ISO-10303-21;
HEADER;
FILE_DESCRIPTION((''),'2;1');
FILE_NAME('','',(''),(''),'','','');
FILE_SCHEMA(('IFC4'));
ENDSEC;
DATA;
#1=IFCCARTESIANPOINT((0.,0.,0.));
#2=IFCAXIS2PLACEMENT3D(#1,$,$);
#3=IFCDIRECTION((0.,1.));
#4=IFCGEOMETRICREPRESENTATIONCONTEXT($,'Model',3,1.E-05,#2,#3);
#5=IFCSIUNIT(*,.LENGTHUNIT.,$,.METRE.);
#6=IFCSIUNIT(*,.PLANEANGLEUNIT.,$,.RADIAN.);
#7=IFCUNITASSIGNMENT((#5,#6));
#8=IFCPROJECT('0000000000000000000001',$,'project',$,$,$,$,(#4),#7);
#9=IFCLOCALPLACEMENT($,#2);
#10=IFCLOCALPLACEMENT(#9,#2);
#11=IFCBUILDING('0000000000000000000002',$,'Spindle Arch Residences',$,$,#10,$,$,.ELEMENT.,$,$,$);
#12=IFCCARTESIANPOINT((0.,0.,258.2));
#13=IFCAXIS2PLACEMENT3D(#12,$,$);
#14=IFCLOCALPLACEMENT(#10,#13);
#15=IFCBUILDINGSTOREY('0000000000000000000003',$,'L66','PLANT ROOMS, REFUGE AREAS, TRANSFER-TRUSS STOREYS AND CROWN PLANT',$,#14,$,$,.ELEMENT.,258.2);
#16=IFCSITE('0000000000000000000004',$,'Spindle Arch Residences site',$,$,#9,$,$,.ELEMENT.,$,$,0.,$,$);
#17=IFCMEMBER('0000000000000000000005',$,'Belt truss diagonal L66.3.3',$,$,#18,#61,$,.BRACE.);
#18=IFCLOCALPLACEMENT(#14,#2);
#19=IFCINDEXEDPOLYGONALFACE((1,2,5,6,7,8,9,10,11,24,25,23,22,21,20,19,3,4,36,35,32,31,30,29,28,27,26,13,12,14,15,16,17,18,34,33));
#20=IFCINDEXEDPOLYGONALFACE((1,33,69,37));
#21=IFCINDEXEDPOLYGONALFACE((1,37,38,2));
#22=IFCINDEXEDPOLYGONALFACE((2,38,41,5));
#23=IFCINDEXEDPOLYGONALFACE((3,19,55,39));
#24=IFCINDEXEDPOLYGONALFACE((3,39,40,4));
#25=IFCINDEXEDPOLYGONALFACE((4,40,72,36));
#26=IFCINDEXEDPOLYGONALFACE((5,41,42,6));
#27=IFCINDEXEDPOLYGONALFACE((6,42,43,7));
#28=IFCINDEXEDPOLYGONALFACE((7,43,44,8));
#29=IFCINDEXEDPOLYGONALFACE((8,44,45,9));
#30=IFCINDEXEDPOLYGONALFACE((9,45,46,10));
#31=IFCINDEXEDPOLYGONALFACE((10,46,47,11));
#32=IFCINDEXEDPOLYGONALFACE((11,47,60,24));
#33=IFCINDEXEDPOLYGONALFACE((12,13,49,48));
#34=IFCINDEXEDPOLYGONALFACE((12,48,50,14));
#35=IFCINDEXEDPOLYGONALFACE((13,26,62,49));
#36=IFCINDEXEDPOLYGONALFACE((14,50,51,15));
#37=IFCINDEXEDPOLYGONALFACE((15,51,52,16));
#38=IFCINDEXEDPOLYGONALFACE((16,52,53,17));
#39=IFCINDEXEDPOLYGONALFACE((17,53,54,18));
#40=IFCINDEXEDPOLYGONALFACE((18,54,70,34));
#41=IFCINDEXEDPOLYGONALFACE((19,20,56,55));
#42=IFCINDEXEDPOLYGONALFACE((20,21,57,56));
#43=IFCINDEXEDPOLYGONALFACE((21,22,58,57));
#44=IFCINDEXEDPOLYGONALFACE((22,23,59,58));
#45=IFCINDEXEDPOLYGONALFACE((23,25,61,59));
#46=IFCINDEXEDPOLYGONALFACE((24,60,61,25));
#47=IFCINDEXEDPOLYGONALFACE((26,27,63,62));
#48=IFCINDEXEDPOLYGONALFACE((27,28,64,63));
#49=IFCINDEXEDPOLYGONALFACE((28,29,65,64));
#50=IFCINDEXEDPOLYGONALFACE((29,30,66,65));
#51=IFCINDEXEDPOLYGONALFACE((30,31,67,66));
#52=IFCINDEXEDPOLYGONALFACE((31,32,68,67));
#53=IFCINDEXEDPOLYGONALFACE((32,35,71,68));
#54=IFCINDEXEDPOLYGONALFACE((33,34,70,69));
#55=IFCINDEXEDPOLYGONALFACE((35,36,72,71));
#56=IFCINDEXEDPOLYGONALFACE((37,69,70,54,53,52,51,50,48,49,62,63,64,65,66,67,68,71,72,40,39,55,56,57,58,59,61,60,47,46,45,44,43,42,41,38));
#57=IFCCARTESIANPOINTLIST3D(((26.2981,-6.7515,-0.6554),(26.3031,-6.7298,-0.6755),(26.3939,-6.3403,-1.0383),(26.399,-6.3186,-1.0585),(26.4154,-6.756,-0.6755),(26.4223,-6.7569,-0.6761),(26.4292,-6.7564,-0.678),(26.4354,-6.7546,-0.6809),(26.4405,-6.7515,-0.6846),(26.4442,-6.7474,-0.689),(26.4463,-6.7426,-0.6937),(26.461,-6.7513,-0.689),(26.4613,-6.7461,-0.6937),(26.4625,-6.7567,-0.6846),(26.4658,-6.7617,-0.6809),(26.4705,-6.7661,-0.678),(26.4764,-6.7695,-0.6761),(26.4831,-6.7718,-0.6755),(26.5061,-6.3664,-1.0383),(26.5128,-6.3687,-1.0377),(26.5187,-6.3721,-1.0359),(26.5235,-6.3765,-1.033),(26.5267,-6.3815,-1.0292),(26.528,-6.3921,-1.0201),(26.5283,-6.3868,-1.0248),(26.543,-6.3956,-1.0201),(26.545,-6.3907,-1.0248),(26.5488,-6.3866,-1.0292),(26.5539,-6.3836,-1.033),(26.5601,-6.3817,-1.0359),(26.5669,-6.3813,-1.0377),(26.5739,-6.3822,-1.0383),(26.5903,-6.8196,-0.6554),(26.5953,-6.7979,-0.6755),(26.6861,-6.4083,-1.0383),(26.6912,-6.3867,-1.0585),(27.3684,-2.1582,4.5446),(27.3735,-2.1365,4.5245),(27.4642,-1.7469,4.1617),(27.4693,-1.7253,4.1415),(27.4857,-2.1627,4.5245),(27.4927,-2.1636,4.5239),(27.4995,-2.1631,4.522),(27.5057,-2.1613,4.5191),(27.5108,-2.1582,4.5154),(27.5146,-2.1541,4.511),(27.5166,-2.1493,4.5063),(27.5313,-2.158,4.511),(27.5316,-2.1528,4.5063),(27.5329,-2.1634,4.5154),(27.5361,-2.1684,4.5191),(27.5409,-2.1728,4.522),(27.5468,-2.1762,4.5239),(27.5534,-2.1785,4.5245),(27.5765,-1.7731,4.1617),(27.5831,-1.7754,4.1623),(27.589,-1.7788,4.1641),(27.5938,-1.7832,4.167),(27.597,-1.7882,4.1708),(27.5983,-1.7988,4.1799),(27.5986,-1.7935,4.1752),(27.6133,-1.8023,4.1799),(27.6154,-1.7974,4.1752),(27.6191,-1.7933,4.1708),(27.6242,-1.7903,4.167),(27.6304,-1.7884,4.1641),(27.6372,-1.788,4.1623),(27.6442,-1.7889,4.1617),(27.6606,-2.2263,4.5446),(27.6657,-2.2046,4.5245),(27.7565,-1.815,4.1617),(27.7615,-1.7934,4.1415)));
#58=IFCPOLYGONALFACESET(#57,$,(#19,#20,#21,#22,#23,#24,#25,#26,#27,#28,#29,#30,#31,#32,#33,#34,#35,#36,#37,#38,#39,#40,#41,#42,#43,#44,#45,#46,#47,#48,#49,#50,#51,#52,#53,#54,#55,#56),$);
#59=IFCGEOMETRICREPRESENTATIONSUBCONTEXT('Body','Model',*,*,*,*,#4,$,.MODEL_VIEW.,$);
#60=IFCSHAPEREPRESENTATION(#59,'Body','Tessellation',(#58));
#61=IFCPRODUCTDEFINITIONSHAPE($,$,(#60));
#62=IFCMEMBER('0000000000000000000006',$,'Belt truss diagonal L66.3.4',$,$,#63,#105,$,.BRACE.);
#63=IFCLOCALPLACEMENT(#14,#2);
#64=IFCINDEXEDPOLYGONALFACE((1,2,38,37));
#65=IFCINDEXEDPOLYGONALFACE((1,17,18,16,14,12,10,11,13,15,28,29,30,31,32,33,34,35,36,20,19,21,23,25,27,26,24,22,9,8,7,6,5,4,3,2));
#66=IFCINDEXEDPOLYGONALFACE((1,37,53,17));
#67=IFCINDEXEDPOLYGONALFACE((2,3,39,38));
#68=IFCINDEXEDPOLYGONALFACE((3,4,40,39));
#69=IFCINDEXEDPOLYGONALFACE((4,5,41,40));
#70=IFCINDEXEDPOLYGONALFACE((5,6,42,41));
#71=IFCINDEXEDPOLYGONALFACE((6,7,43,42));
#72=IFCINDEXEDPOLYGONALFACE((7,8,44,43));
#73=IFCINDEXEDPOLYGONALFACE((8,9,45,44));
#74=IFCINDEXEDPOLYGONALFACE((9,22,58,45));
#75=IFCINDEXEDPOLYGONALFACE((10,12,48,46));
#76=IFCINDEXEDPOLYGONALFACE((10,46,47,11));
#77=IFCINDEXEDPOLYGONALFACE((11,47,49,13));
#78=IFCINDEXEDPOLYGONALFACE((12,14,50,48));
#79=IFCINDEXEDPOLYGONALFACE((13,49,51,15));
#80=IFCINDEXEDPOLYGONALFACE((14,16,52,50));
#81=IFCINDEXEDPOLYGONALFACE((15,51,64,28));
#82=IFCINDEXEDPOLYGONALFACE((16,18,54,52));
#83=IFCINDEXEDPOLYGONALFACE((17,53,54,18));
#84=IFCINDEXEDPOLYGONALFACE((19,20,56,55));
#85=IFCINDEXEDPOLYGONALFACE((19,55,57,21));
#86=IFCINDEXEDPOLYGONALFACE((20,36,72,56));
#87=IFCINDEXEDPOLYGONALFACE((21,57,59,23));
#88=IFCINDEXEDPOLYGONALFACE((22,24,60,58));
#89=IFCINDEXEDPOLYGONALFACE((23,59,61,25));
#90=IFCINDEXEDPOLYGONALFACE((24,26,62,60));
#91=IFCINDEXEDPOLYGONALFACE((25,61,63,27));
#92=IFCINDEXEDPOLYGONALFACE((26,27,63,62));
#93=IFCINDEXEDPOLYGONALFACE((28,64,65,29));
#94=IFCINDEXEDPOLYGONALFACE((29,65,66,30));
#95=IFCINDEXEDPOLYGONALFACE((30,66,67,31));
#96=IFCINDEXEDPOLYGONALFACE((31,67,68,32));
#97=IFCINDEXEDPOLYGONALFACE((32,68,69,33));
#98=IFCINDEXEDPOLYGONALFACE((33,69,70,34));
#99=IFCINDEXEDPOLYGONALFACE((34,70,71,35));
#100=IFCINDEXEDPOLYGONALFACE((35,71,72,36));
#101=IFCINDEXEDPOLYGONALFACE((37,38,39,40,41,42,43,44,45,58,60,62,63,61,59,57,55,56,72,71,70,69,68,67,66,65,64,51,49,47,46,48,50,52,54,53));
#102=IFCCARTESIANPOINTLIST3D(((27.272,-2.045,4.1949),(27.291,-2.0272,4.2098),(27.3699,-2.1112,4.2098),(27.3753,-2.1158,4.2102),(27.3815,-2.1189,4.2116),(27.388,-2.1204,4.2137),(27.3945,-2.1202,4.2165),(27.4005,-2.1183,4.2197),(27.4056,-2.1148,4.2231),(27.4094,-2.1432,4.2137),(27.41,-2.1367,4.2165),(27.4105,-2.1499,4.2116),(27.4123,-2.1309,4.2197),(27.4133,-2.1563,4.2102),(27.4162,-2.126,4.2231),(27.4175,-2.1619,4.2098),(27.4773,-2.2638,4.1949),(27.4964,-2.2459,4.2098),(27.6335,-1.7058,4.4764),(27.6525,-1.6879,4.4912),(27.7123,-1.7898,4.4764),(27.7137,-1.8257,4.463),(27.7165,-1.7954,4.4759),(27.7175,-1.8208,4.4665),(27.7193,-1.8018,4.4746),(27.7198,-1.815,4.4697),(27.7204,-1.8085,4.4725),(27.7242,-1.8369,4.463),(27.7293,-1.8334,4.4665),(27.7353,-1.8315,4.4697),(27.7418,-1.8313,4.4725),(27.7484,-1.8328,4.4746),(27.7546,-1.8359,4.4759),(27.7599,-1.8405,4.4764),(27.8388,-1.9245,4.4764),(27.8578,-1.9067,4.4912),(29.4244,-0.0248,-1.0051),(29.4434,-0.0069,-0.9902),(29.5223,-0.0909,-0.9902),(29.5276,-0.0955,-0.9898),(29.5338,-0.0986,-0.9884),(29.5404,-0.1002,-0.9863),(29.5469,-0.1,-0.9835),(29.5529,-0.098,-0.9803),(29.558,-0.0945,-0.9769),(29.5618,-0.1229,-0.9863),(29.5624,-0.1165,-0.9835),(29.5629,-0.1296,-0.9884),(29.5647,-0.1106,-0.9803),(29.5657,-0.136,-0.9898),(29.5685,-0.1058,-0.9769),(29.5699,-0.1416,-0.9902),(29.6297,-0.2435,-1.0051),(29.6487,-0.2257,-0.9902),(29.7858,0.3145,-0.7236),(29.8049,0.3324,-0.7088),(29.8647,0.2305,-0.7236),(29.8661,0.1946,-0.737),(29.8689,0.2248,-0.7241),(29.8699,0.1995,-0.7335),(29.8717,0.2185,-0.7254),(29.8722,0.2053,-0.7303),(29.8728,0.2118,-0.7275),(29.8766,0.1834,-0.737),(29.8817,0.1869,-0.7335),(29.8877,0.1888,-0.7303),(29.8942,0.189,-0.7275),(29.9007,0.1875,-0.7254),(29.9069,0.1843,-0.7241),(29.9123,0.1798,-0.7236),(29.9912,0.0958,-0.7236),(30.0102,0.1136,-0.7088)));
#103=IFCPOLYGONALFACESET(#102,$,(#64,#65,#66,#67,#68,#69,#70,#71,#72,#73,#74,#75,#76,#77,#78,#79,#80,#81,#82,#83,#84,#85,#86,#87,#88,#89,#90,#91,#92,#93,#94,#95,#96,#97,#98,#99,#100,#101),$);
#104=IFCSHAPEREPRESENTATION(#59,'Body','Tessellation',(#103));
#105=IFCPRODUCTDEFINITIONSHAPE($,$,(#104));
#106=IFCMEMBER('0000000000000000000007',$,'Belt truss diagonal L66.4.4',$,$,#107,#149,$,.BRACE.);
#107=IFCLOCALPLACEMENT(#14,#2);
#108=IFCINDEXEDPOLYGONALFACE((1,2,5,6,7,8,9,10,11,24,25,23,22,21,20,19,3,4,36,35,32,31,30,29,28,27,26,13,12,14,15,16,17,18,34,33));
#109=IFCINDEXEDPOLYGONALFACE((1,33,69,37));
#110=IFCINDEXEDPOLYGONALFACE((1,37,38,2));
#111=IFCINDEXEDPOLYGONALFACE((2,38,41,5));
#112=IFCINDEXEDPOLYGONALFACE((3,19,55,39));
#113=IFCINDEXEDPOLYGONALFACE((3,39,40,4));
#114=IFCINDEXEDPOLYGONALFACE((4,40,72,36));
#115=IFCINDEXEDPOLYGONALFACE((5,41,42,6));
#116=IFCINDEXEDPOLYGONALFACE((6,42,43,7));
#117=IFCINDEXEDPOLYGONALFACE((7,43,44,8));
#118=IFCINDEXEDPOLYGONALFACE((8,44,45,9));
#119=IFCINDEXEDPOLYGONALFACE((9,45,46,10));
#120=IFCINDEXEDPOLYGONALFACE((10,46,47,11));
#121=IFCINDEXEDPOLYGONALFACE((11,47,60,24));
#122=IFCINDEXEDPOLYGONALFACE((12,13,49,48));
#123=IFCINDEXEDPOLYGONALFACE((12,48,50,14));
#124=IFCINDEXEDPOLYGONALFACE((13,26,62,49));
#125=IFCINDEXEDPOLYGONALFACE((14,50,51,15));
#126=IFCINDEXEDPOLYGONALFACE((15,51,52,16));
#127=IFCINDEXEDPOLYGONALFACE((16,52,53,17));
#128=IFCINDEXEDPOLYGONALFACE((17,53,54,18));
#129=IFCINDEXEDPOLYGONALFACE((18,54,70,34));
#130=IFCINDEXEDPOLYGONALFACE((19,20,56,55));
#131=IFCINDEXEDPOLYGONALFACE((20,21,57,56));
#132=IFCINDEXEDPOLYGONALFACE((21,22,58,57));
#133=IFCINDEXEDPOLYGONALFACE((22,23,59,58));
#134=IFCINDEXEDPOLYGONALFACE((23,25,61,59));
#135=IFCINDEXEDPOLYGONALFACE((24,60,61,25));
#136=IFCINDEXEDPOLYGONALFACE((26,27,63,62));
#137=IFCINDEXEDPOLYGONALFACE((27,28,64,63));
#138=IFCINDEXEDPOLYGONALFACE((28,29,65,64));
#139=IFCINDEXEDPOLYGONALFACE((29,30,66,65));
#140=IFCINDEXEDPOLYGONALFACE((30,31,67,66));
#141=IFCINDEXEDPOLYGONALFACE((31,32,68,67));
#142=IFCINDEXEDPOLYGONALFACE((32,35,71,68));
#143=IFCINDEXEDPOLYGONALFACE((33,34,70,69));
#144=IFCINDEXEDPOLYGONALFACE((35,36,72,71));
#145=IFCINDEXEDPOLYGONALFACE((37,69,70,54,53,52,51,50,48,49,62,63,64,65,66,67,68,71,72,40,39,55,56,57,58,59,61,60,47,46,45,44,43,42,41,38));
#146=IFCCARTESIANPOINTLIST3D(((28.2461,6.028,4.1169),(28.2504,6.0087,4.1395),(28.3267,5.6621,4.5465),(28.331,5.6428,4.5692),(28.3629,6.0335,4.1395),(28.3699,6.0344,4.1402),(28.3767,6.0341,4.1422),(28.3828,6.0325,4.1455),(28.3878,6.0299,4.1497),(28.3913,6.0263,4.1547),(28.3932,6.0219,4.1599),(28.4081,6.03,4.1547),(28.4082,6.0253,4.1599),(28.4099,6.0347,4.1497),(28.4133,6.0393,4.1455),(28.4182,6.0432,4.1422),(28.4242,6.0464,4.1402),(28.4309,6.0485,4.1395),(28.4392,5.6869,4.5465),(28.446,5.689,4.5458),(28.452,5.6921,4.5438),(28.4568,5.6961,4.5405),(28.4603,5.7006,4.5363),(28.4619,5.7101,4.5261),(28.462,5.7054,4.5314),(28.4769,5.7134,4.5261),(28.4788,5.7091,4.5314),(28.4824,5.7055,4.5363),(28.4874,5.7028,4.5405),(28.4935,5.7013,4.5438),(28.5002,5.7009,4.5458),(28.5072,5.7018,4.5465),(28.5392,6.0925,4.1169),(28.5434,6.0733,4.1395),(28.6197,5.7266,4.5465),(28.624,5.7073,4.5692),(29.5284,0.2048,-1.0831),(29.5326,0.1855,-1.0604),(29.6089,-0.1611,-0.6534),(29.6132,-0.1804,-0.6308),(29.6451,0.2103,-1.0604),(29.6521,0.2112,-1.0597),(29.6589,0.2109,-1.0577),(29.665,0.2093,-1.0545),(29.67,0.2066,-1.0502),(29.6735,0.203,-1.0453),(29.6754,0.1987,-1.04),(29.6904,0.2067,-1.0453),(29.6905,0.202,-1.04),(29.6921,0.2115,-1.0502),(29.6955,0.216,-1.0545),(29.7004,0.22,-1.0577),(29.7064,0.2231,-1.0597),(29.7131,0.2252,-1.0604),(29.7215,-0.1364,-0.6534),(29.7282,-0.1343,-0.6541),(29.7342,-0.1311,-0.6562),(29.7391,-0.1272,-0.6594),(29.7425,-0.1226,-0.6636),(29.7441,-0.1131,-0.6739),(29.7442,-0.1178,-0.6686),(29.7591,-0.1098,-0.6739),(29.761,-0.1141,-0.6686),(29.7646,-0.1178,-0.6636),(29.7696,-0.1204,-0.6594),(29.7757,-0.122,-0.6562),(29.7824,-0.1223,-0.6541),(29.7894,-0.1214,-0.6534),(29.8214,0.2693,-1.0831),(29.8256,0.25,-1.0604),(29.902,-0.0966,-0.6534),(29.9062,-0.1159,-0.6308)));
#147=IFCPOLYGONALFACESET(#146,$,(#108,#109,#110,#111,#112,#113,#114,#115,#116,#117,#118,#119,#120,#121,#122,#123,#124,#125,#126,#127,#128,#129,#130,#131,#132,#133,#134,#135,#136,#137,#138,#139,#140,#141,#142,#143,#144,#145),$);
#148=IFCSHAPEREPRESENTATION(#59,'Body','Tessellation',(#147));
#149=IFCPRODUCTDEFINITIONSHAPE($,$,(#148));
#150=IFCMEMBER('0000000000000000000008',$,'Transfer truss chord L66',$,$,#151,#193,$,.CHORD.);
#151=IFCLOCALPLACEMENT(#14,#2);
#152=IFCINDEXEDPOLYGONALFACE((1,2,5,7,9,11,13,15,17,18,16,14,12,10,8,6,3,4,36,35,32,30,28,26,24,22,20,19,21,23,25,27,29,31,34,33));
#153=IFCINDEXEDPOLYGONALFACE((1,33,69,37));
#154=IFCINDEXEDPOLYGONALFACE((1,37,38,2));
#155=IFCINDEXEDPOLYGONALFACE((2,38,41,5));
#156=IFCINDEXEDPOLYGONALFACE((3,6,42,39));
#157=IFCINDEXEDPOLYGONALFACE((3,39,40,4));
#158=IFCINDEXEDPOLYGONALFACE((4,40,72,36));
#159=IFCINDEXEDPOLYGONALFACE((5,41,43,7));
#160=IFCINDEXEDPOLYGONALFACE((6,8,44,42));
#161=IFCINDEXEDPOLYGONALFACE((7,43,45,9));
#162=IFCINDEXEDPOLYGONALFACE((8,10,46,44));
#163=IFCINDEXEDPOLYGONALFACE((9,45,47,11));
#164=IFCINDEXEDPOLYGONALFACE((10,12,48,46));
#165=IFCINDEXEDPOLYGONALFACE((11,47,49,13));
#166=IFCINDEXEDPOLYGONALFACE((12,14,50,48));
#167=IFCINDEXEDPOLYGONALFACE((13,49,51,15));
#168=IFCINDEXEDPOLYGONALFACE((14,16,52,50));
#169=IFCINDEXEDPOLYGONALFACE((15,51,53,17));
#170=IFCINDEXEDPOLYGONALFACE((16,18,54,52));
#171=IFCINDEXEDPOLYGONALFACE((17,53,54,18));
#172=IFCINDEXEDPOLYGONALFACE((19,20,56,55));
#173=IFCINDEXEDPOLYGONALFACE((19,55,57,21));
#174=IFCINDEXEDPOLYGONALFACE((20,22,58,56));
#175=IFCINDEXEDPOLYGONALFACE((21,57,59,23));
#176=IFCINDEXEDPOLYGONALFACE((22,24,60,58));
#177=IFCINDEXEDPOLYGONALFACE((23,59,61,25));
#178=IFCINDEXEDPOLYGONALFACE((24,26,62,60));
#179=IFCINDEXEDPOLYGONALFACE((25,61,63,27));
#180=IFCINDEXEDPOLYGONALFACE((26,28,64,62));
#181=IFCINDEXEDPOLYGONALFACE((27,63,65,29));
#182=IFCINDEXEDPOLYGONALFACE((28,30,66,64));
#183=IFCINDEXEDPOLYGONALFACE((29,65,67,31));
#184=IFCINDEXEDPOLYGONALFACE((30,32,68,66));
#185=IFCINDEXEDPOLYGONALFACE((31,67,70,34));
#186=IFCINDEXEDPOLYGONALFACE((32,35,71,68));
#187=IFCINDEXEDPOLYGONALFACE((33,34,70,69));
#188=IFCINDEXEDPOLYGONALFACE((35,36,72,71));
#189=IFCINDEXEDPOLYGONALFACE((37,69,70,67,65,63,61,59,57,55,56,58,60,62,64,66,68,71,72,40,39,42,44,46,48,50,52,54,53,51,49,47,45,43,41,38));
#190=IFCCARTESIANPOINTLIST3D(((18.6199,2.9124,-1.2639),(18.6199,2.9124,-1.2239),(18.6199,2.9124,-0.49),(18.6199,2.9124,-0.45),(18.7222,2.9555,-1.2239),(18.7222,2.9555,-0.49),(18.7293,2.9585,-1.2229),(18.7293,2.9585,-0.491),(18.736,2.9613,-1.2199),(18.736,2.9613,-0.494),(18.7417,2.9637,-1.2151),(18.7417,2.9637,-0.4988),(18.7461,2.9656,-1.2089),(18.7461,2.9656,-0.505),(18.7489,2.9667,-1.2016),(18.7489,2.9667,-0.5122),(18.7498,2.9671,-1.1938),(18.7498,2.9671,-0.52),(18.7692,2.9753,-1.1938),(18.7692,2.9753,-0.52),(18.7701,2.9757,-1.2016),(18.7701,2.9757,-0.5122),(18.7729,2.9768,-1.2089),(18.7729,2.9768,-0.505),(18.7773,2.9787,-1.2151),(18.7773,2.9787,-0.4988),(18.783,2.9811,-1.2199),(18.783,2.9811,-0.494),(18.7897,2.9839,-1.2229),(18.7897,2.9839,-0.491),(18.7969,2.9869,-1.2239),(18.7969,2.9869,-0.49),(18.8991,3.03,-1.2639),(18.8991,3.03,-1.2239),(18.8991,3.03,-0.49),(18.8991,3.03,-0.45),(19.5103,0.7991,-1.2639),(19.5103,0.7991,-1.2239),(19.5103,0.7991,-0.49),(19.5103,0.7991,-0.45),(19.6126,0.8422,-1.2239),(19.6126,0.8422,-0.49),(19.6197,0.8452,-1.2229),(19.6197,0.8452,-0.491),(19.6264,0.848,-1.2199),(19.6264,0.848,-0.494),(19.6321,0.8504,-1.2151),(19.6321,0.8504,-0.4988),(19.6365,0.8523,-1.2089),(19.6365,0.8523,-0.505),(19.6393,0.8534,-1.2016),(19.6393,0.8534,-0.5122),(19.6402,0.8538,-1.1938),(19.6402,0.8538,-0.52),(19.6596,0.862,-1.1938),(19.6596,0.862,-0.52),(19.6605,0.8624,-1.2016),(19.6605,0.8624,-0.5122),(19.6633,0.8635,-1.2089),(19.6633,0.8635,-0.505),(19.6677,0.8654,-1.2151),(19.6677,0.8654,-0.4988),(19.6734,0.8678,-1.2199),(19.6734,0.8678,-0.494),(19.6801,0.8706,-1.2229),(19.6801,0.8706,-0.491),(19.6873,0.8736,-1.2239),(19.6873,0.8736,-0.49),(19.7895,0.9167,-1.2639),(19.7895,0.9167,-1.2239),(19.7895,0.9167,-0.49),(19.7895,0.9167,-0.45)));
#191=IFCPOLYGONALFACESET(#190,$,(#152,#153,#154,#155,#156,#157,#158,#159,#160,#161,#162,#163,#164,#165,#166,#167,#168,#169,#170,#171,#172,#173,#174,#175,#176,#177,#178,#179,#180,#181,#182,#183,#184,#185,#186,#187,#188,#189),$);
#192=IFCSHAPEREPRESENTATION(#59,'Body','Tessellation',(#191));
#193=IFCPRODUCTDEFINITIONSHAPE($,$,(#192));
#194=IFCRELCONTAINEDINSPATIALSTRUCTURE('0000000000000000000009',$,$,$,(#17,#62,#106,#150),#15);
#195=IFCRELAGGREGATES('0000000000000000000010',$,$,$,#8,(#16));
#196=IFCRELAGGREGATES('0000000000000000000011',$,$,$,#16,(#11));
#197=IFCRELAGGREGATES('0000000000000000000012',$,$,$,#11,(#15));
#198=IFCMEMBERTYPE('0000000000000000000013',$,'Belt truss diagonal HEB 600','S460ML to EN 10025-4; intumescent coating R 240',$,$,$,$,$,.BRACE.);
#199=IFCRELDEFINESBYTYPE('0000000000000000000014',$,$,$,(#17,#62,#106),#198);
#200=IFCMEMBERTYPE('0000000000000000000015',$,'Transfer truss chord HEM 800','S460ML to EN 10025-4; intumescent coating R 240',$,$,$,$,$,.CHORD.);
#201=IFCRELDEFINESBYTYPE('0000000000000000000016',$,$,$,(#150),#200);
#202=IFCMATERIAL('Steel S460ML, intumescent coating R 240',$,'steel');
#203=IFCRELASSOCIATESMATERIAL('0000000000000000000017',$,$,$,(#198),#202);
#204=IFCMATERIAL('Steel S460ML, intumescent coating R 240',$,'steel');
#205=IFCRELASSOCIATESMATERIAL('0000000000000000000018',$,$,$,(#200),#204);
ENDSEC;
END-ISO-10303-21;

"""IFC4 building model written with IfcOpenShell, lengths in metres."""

from ifc_helpers import new_model, si_unit, direction, frame, origin, origin_2d, place, context, subcontext, project, spatial, i_section, extrude, material, material_profile, profile_set, type_object, element, save


model = new_model("IFC4")

# Units and contexts
model_context = context("Model", 3, precision=1e-05, world=origin(), true_north=direction((0.0, 1.0)))
body_context = subcontext(model_context, "Body", "Model", "MODEL_VIEW")
ifc_project = project(units=[si_unit("LENGTHUNIT", "METRE"), si_unit("PLANEANGLEUNIT", "RADIAN")], contexts=[model_context])

# Site, building, storey
site_placement = place(None, origin())
site = spatial("IfcSite", under=ifc_project, at=site_placement, Name="Spindle Arch Residences site", CompositionType="ELEMENT", RefElevation=0.0)
building_placement = place(site_placement, origin())
building = spatial("IfcBuilding", under=site, at=building_placement, Name="Spindle Arch Residences", CompositionType="ELEMENT")
storey_placement = place(building_placement, frame((0.0, 0.0, 258.2)))
storey = spatial("IfcBuildingStorey", under=building, at=storey_placement, Name="L66", Description="PLANT ROOMS, REFUGE AREAS, TRANSFER-TRUSS STOREYS AND CROWN PLANT", CompositionType="ELEMENT", Elevation=258.2)

# Members
ifc_material_1 = material(Name="Steel S460ML, intumescent coating R 240", Category="steel")
ifc_material_profile_1 = material_profile(ifc_material_1, i_section(OverallWidth=0.3, OverallDepth=0.6001, WebThickness=0.0154, FlangeThickness=0.03, FilletRadius=0.0271, at=origin_2d()), Name="HEB 600")
ifc_profile_set_1 = profile_set([ifc_material_profile_1], Name="Steel S460ML, intumescent coating R 240")
member_type_1 = type_object("IfcMemberType", Name="Belt truss diagonal HEB 600", Description="S460ML to EN 10025-4; intumescent coating R 240", PredefinedType="BRACE", material=ifc_profile_set_1)
member_1_placement = place(storey_placement, frame((26.4946, -6.5691, -0.8569), z_axis=(0.152462, 0.654293, 0.740713), x_axis=(-0.973909, 0.226938, 0.0)))
element("IfcMember", 1, at=member_1_placement, inside=storey, type_object=member_type_1, Name="Belt truss diagonal L66.3.3", PredefinedType="BRACE", context=body_context, shape_type="SweptSolid", body=[
    extrude(i_section(OverallWidth=0.3, OverallDepth=0.6001, WebThickness=0.0154, FlangeThickness=0.03, FilletRadius=0.0271, at=origin_2d()), origin(), (0.0, 0.0, 1.0), 7.0203),
])
member_2_placement = place(storey_placement, frame((29.7173, 0.0444, -0.8569), z_axis=(-0.359958, -0.337869, 0.86964), x_axis=(0.684381, -0.729124, 0.0)))
element("IfcMember", 2, at=member_2_placement, inside=storey, type_object=member_type_1, Name="Belt truss diagonal L66.3.4", PredefinedType="BRACE", context=body_context, shape_type="SweptSolid", body=[
    extrude(i_section(OverallWidth=0.3, OverallDepth=0.6001, WebThickness=0.0154, FlangeThickness=0.03, FilletRadius=0.0271, at=origin_2d()), origin(), (0.0, 0.0, 1.0), 5.9795),
])
member_3_placement = place(storey_placement, frame((29.7173, 0.0444, -0.8569), z_axis=(-0.162069, 0.736037, 0.657255), x_axis=(-0.976605, -0.21504, 0.0)))
element("IfcMember", 3, at=member_3_placement, inside=storey, type_object=member_type_1, Name="Belt truss diagonal L66.4.4", PredefinedType="BRACE", context=body_context, shape_type="SweptSolid", body=[
    extrude(i_section(OverallWidth=0.3, OverallDepth=0.6001, WebThickness=0.0154, FlangeThickness=0.03, FilletRadius=0.0271, at=origin_2d()), origin(), (0.0, 0.0, 1.0), 7.9116),
])
ifc_material_2 = material(Name="Steel S460ML, intumescent coating R 240", Category="steel")
ifc_material_profile_2 = material_profile(ifc_material_2, i_section(OverallWidth=0.303, OverallDepth=0.814, WebThickness=0.021, FlangeThickness=0.04, FilletRadius=0.03, at=origin_2d()), Name="HEM 800")
ifc_profile_set_2 = profile_set([ifc_material_profile_2], Name="Steel S460ML, intumescent coating R 240")
member_type_2 = type_object("IfcMemberType", Name="Transfer truss chord HEM 800", Description="S460ML to EN 10025-4; intumescent coating R 240", PredefinedType="CHORD", material=ifc_profile_set_2)
for number, where, z_axis, x_axis, name in (
    (4, (19.6499, 0.8579, -0.8569), (-0.388271, 0.921545, 0.0), (-0.921545, -0.388271, 0.0), "Transfer truss chord L66"),
):
    element("IfcMember", number, at=place(storey_placement, frame(where, z_axis=z_axis, x_axis=x_axis)), inside=storey, type_object=member_type_2, Name=name, PredefinedType="CHORD", context=body_context, shape_type="SweptSolid", body=[
        extrude(i_section(OverallWidth=0.303, OverallDepth=0.814, WebThickness=0.021, FlangeThickness=0.04, FilletRadius=0.03, at=origin_2d()), origin(), (0.0, 0.0, 1.0), 2.2932),
    ])

save(model, "model.ifc")
